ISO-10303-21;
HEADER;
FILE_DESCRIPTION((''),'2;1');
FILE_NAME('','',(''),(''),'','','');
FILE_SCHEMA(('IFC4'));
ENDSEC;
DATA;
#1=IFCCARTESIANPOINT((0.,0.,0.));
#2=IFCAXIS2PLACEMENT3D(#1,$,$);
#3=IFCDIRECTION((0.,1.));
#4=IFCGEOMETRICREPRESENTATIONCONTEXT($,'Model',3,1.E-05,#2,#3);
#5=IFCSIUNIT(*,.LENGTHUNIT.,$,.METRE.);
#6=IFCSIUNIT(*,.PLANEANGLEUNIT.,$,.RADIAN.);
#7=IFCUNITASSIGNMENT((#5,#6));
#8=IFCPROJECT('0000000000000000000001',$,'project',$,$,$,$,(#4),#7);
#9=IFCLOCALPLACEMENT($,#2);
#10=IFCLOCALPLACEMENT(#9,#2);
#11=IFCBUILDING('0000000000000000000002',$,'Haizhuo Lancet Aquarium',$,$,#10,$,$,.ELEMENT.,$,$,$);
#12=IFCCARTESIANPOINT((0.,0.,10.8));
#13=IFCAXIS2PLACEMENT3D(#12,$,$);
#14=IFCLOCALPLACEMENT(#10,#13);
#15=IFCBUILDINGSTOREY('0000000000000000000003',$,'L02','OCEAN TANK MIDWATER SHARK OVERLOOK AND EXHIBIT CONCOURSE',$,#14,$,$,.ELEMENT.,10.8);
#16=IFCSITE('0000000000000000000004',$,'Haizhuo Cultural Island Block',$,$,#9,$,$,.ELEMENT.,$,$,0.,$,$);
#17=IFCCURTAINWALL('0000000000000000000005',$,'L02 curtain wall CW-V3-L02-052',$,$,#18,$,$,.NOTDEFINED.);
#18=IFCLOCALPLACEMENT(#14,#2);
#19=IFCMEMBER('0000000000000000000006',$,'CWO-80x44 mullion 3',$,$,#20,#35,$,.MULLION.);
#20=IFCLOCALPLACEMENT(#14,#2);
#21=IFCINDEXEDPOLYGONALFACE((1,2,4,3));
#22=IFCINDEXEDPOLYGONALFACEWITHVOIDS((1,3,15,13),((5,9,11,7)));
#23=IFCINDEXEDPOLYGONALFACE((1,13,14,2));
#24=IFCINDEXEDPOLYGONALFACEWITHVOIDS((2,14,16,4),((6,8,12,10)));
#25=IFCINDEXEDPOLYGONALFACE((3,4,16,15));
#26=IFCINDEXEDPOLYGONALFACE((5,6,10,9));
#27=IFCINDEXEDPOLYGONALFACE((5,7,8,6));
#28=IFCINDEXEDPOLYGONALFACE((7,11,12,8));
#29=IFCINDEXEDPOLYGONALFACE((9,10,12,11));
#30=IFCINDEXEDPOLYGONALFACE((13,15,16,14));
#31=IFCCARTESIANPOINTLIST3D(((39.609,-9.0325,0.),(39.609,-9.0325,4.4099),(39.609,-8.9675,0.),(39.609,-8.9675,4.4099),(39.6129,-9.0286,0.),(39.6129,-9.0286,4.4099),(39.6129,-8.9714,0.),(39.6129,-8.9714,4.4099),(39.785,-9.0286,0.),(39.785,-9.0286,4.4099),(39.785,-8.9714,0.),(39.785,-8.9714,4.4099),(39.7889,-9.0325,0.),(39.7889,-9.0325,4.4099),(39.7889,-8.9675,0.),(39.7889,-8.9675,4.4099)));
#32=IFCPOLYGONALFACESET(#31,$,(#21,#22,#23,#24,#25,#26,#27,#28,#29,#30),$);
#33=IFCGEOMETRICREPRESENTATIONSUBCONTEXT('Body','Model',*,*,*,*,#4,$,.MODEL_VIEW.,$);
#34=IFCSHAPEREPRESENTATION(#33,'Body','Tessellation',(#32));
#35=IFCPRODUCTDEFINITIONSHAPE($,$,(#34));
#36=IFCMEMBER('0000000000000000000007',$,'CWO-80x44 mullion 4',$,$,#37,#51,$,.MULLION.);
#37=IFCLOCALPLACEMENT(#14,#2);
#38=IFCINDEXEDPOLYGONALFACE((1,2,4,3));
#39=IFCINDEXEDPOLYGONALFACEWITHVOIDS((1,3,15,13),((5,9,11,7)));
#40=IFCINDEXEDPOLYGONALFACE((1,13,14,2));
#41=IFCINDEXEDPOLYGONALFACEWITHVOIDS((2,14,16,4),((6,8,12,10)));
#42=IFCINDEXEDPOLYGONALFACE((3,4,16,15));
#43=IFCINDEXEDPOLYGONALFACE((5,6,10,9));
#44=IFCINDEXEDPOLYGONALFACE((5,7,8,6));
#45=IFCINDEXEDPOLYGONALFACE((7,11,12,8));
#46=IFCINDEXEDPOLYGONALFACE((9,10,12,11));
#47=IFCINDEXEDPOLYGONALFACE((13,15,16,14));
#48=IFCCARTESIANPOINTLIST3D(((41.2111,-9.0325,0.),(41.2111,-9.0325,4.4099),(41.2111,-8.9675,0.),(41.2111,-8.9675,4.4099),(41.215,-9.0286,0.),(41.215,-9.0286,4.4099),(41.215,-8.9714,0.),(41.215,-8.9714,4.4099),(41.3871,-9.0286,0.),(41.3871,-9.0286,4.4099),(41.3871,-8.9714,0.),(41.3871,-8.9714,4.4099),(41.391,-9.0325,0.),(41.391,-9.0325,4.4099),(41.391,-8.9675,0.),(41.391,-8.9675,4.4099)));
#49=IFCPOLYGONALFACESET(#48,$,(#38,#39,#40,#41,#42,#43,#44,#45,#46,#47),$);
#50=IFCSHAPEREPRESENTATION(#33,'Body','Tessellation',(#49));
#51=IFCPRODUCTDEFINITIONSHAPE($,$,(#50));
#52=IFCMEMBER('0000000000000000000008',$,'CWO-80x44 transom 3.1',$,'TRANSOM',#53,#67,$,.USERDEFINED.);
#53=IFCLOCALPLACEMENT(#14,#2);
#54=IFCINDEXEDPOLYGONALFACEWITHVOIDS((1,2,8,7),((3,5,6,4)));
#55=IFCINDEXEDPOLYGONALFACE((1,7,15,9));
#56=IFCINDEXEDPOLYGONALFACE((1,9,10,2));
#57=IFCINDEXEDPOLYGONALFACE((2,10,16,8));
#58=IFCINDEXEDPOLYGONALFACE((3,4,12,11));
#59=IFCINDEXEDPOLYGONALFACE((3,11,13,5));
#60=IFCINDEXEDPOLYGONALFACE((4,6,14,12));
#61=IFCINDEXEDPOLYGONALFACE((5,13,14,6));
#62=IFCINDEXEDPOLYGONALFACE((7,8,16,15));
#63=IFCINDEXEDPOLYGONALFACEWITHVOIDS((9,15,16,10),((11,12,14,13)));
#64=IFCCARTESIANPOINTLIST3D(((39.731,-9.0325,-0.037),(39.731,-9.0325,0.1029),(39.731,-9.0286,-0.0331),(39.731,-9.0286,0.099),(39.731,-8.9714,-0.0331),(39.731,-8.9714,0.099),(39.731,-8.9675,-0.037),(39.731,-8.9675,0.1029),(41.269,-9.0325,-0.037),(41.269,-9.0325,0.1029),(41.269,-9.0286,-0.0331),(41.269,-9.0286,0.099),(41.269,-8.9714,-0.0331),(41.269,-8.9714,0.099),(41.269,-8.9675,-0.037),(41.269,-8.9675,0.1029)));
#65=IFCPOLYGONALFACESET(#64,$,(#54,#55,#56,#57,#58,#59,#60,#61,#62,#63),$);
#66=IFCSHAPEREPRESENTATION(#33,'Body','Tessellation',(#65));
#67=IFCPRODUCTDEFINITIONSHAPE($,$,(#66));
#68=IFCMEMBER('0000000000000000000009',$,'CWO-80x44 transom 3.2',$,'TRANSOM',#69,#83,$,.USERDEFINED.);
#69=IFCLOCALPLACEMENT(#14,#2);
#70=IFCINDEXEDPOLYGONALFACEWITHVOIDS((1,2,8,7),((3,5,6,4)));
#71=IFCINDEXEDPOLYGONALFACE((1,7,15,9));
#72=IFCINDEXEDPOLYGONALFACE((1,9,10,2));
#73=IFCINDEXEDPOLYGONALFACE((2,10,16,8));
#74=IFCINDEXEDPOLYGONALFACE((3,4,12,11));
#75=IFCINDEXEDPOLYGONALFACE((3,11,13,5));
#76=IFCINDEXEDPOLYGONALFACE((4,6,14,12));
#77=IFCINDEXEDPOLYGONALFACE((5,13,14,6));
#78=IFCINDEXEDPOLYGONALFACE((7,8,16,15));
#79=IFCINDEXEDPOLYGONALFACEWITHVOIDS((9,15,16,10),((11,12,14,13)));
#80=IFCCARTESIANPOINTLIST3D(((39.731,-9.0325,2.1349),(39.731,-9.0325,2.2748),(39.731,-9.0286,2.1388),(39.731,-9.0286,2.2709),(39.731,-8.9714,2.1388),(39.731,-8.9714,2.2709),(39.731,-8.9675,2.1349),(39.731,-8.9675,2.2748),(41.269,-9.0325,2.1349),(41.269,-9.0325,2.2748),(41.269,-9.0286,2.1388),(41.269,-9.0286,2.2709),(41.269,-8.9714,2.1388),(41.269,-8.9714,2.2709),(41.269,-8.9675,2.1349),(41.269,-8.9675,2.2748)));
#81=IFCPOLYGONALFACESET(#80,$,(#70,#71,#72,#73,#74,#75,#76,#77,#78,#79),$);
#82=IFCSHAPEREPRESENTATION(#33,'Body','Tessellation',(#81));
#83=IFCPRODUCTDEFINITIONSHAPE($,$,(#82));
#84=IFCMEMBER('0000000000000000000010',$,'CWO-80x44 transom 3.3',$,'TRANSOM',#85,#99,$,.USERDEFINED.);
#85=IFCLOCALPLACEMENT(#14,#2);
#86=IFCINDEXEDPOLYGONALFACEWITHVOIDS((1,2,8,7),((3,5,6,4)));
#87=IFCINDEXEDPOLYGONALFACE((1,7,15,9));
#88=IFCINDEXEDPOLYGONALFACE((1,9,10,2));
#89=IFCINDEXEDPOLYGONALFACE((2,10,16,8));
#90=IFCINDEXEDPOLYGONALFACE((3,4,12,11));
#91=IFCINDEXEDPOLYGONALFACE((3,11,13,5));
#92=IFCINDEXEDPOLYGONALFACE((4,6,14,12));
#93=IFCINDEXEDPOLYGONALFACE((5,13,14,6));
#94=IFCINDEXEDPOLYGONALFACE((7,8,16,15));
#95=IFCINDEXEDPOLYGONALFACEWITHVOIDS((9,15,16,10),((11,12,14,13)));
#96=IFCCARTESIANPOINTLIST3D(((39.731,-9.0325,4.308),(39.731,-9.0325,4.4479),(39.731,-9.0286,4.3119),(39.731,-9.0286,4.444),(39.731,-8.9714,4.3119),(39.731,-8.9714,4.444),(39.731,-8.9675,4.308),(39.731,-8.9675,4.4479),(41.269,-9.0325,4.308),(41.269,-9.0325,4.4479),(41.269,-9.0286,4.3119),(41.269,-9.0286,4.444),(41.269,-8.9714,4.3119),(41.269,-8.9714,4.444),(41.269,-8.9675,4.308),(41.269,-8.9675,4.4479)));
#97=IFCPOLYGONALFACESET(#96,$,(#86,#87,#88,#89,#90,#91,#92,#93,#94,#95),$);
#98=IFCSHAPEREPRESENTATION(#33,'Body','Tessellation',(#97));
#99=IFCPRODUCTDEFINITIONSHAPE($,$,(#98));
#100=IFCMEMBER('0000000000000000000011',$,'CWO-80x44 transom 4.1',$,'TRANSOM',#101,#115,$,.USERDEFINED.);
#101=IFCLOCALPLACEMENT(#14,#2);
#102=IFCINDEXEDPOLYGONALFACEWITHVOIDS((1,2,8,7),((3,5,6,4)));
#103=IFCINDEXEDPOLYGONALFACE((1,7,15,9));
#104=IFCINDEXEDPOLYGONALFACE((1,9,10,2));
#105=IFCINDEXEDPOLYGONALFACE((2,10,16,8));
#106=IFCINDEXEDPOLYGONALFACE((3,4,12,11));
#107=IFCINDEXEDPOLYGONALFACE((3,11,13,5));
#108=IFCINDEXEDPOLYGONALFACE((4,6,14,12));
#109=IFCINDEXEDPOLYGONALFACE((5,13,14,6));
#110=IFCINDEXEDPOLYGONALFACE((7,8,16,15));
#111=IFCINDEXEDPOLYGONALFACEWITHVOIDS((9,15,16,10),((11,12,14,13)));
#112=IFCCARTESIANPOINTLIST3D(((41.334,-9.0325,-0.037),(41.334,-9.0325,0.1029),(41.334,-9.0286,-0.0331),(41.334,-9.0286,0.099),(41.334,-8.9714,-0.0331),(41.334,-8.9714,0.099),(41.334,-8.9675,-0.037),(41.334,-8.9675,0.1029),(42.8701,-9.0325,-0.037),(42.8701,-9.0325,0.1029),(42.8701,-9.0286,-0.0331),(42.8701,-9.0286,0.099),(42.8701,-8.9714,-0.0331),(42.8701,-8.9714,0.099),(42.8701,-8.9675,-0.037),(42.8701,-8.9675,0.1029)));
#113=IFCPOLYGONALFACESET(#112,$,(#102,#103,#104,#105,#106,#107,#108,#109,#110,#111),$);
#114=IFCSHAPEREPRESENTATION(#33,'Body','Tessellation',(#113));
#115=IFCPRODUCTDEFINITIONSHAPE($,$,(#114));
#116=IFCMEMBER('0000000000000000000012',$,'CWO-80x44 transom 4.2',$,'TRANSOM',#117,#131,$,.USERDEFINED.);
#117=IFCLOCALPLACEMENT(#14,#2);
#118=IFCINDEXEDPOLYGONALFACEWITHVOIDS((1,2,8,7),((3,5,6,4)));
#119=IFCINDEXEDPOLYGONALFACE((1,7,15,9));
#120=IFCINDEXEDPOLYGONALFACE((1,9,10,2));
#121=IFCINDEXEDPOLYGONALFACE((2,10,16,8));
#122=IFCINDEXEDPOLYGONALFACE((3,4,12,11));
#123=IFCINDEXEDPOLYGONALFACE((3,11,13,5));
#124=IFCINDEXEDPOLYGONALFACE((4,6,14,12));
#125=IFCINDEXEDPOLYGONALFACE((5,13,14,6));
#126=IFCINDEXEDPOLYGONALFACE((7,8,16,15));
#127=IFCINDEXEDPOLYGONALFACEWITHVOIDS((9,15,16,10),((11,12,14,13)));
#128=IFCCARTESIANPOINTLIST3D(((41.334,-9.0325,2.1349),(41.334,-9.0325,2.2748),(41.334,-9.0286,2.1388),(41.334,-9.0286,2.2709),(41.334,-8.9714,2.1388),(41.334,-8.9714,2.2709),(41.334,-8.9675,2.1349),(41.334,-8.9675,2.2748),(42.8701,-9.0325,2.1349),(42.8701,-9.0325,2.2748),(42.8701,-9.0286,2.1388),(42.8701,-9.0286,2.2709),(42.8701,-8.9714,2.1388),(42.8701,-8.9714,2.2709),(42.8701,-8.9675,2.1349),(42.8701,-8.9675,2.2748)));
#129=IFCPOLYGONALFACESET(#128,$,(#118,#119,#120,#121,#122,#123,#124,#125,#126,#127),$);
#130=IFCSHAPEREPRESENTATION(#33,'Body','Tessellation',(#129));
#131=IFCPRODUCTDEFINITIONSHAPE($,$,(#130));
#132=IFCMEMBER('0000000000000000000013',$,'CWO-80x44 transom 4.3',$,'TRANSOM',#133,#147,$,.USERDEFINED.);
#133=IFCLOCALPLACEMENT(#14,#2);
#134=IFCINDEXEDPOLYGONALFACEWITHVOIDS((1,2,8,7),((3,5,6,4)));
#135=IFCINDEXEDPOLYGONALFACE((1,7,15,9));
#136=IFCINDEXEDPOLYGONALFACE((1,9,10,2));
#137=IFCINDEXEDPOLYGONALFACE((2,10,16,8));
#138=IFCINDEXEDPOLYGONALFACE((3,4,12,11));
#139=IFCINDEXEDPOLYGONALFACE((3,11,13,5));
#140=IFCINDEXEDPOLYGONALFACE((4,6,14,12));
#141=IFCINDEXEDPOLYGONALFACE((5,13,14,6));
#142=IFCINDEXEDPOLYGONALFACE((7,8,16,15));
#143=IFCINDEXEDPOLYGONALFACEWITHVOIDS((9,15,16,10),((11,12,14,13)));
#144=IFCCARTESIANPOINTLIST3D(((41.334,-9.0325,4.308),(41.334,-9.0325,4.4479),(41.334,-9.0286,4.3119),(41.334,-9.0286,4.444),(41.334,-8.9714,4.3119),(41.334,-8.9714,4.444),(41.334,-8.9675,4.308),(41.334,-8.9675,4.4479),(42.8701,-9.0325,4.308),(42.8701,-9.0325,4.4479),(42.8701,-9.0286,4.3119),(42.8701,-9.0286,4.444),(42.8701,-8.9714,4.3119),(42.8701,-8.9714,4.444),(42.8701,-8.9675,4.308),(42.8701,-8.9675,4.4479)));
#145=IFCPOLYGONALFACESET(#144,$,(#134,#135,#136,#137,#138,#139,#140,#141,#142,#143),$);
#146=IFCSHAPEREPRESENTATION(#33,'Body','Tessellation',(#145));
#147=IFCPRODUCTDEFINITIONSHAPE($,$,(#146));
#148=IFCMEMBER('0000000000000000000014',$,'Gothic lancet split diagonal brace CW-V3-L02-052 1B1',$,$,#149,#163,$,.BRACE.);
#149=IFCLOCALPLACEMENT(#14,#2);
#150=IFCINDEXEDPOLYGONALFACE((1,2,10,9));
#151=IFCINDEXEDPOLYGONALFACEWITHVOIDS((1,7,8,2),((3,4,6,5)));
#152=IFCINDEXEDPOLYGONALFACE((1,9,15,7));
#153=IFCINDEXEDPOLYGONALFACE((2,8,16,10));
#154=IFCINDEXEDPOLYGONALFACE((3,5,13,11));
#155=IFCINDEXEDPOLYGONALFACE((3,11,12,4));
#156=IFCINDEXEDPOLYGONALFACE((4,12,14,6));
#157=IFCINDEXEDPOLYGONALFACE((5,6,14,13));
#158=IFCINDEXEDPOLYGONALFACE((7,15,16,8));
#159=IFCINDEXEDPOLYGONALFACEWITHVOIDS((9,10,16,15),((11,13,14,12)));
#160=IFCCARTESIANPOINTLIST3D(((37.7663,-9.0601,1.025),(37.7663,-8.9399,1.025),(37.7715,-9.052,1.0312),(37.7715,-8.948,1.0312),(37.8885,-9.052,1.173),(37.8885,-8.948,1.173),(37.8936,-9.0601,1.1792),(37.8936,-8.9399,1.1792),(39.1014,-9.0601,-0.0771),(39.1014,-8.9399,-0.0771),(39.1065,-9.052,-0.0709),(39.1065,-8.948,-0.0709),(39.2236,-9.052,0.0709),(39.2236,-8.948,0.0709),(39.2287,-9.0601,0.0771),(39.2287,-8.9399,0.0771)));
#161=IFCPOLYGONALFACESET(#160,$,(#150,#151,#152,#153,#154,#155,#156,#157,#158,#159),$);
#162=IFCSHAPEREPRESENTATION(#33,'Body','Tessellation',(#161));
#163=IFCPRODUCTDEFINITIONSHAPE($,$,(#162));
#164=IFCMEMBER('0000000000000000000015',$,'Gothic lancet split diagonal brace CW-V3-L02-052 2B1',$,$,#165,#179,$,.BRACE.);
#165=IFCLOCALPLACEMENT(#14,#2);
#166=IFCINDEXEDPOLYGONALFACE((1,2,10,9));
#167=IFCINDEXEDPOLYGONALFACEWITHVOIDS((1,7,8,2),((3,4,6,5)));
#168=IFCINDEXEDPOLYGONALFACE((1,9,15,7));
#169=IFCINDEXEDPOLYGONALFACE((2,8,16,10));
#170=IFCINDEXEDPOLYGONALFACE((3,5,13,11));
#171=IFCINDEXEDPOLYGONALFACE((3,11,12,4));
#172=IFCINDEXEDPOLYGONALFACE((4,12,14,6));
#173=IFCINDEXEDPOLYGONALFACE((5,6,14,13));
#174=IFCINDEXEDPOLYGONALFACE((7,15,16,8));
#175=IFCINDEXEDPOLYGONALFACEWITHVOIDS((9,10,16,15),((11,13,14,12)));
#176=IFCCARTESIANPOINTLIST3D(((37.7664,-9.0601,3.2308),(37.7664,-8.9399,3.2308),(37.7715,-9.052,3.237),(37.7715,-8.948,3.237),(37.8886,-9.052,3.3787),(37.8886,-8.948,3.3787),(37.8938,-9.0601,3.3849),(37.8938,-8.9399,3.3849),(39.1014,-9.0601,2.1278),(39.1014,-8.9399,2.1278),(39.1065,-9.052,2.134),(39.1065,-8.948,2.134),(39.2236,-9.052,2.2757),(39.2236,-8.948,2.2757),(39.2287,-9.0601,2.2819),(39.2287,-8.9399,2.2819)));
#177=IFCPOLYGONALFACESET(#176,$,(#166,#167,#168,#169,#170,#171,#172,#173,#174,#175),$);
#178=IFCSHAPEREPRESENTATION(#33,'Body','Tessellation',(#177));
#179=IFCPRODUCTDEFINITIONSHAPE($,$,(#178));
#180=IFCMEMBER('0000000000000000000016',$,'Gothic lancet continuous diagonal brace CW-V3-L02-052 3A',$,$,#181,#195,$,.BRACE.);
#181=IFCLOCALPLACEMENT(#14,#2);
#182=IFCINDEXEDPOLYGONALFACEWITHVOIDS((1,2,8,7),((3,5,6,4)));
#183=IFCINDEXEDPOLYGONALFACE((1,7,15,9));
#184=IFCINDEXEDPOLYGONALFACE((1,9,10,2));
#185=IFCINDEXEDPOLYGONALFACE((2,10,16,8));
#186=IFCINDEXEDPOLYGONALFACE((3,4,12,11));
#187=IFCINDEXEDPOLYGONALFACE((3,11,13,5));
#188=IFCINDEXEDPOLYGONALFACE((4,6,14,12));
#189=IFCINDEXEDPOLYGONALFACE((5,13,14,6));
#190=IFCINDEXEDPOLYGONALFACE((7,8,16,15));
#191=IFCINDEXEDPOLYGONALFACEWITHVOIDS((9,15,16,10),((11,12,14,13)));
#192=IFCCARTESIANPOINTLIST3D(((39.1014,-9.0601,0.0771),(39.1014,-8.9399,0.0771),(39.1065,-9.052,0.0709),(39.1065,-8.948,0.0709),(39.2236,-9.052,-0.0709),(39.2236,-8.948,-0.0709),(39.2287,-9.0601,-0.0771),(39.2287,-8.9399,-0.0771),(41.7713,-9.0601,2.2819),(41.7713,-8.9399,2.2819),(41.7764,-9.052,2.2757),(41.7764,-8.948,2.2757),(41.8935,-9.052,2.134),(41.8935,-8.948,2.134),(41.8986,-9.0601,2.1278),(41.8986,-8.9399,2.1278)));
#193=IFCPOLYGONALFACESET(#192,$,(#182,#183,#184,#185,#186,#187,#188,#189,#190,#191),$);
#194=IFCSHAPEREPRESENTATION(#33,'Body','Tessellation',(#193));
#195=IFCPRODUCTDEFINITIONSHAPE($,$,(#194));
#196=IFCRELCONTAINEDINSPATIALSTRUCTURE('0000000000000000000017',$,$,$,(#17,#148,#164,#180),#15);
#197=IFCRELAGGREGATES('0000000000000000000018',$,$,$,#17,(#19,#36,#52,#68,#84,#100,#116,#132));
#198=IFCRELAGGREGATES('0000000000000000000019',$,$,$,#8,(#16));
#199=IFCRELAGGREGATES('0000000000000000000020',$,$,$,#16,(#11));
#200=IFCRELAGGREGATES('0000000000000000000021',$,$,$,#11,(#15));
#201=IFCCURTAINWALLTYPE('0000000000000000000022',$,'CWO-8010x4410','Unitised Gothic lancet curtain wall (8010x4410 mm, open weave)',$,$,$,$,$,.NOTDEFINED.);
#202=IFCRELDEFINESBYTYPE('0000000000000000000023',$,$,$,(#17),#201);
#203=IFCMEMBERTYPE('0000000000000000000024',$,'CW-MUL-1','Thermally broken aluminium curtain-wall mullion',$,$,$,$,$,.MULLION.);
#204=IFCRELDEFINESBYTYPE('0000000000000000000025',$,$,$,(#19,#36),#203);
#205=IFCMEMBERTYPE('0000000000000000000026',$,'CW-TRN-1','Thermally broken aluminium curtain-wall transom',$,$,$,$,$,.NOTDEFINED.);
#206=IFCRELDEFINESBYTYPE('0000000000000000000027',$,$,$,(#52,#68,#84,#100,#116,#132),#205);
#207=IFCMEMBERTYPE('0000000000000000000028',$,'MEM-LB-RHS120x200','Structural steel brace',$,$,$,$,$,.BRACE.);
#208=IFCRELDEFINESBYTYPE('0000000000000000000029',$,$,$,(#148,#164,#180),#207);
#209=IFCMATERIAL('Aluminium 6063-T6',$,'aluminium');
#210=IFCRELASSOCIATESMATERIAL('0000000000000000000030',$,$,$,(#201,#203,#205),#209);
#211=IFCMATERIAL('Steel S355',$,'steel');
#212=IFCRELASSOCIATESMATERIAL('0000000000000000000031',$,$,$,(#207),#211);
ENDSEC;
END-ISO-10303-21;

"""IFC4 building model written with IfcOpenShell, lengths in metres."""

from ifc_helpers import new_model, si_unit, direction, frame, origin, origin_2d, place, context, subcontext, project, spatial, hollow_rectangle, extrude, material, material_profile, profile_set, type_object, element, aggregate, save


model = new_model("IFC4")

# Units and contexts
model_context = context("Model", 3, precision=1e-05, world=origin(), true_north=direction((0.0, 1.0)))
body_context = subcontext(model_context, "Body", "Model", "MODEL_VIEW")
ifc_project = project(units=[si_unit("LENGTHUNIT", "METRE"), si_unit("PLANEANGLEUNIT", "RADIAN")], contexts=[model_context])

# Site, building, storey
site_placement = place(None, origin())
site = spatial("IfcSite", under=ifc_project, at=site_placement, Name="Haizhuo Cultural Island Block", CompositionType="ELEMENT", RefElevation=0.0)
building_placement = place(site_placement, origin())
building = spatial("IfcBuilding", under=site, at=building_placement, Name="Haizhuo Lancet Aquarium", CompositionType="ELEMENT")
storey_placement = place(building_placement, frame((0.0, 0.0, 10.8)))
storey = spatial("IfcBuildingStorey", under=building, at=storey_placement, Name="L02", Description="OCEAN TANK MIDWATER SHARK OVERLOOK AND EXHIBIT CONCOURSE", CompositionType="ELEMENT", Elevation=10.8)

# Curtain wall, members
ifc_material_1 = material(Name="Aluminium 6063-T6", Category="aluminium")
curtain_wall_type = type_object("IfcCurtainWallType", Name="CWO-8010x4410", Description="Unitised Gothic lancet curtain wall (8010x4410 mm, open weave)", PredefinedType="NOTDEFINED", material=ifc_material_1)
curtain_wall_placement = place(storey_placement, origin())
curtain_wall = element("IfcCurtainWall", 1, at=curtain_wall_placement, inside=storey, type_object=curtain_wall_type, Name="L02 curtain wall CW-V3-L02-052", PredefinedType="NOTDEFINED")
ifc_material_profile_1 = material_profile(ifc_material_1, hollow_rectangle(XDim=0.0649, YDim=0.1799, WallThickness=0.0039, at=origin_2d()), Name="ALU-M 65x180x4")
ifc_profile_set_1 = profile_set([ifc_material_profile_1], Name="Aluminium 6063-T6")
member_type_1 = type_object("IfcMemberType", Name="CW-MUL-1", Description="Thermally broken aluminium curtain-wall mullion", PredefinedType="MULLION", material=ifc_profile_set_1)
member_1_placement = place(storey_placement, frame((39.699, -9.0, 0.0), z_axis=(0.0, 0.0, 1.0), x_axis=(0.0, 1.0, 0.0)))
member_1 = element("IfcMember", 2, at=member_1_placement, type_object=member_type_1, Name="CWO-80x44 mullion 3", PredefinedType="MULLION", context=body_context, shape_type="SweptSolid", body=[
    extrude(hollow_rectangle(XDim=0.0649, YDim=0.1799, WallThickness=0.0039, at=origin_2d()), origin(), (0.0, 0.0, 1.0), 4.4099),
])
member_2_placement = place(storey_placement, frame((41.301, -9.0, 0.0), z_axis=(0.0, 0.0, 1.0), x_axis=(0.0, 1.0, 0.0)))
member_2 = element("IfcMember", 3, at=member_2_placement, type_object=member_type_1, Name="CWO-80x44 mullion 4", PredefinedType="MULLION", context=body_context, shape_type="SweptSolid", body=[
    extrude(hollow_rectangle(XDim=0.0649, YDim=0.1799, WallThickness=0.0039, at=origin_2d()), origin(), (0.0, 0.0, 1.0), 4.4099),
])
ifc_material_profile_2 = material_profile(ifc_material_1, hollow_rectangle(XDim=0.0649, YDim=0.1399, WallThickness=0.0039, at=origin_2d()), Name="ALU-T 65x140x4")
ifc_profile_set_2 = profile_set([ifc_material_profile_2], Name="Aluminium 6063-T6")
member_type_2 = type_object("IfcMemberType", Name="CW-TRN-1", Description="Thermally broken aluminium curtain-wall transom", PredefinedType="NOTDEFINED", material=ifc_profile_set_2)
member_3_placement = place(storey_placement, frame((39.731, -9.0, 0.033), z_axis=(1.0, 0.0, 0.0), x_axis=(0.0, 1.0, 0.0)))
member_3 = element("IfcMember", 4, at=member_3_placement, type_object=member_type_2, Name="CWO-80x44 transom 3.1", ObjectType="TRANSOM", PredefinedType="USERDEFINED", context=body_context, shape_type="SweptSolid", body=[
    extrude(hollow_rectangle(XDim=0.0649, YDim=0.1399, WallThickness=0.0039, at=origin_2d()), origin(), (0.0, 0.0, 1.0), 1.5381),
])
member_4_placement = place(storey_placement, frame((39.731, -9.0, 2.2048), z_axis=(1.0, 0.0, 0.0), x_axis=(0.0, 1.0, 0.0)))
member_4 = element("IfcMember", 5, at=member_4_placement, type_object=member_type_2, Name="CWO-80x44 transom 3.2", ObjectType="TRANSOM", PredefinedType="USERDEFINED", context=body_context, shape_type="SweptSolid", body=[
    extrude(hollow_rectangle(XDim=0.0649, YDim=0.1399, WallThickness=0.0039, at=origin_2d()), origin(), (0.0, 0.0, 1.0), 1.5381),
])
member_5_placement = place(storey_placement, frame((39.731, -9.0, 4.3779), z_axis=(1.0, 0.0, 0.0), x_axis=(0.0, 1.0, 0.0)))
member_5 = element("IfcMember", 6, at=member_5_placement, type_object=member_type_2, Name="CWO-80x44 transom 3.3", ObjectType="TRANSOM", PredefinedType="USERDEFINED", context=body_context, shape_type="SweptSolid", body=[
    extrude(hollow_rectangle(XDim=0.0649, YDim=0.1399, WallThickness=0.0039, at=origin_2d()), origin(), (0.0, 0.0, 1.0), 1.5381),
])
member_6_placement = place(storey_placement, frame((41.334, -9.0, 0.033), z_axis=(1.0, 0.0, 0.0), x_axis=(0.0, 1.0, 0.0)))
member_6 = element("IfcMember", 7, at=member_6_placement, type_object=member_type_2, Name="CWO-80x44 transom 4.1", ObjectType="TRANSOM", PredefinedType="USERDEFINED", context=body_context, shape_type="SweptSolid", body=[
    extrude(hollow_rectangle(XDim=0.0649, YDim=0.1399, WallThickness=0.0039, at=origin_2d()), origin(), (0.0, 0.0, 1.0), 1.5361),
])
member_7_placement = place(storey_placement, frame((41.334, -9.0, 2.2048), z_axis=(1.0, 0.0, 0.0), x_axis=(0.0, 1.0, 0.0)))
member_7 = element("IfcMember", 8, at=member_7_placement, type_object=member_type_2, Name="CWO-80x44 transom 4.2", ObjectType="TRANSOM", PredefinedType="USERDEFINED", context=body_context, shape_type="SweptSolid", body=[
    extrude(hollow_rectangle(XDim=0.0649, YDim=0.1399, WallThickness=0.0039, at=origin_2d()), origin(), (0.0, 0.0, 1.0), 1.5361),
])
member_8_placement = place(storey_placement, frame((41.334, -9.0, 4.3779), z_axis=(1.0, 0.0, 0.0), x_axis=(0.0, 1.0, 0.0)))
member_8 = element("IfcMember", 9, at=member_8_placement, type_object=member_type_2, Name="CWO-80x44 transom 4.3", ObjectType="TRANSOM", PredefinedType="USERDEFINED", context=body_context, shape_type="SweptSolid", body=[
    extrude(hollow_rectangle(XDim=0.0649, YDim=0.1399, WallThickness=0.0039, at=origin_2d()), origin(), (0.0, 0.0, 1.0), 1.5361),
])

# Members
ifc_material_2 = material(Name="Steel S355", Category="steel")
ifc_material_profile_3 = material_profile(ifc_material_2, hollow_rectangle(XDim=0.1201, YDim=0.2, WallThickness=0.0081, at=origin_2d()), Name="RHS 120x200x8")
ifc_profile_set_3 = profile_set([ifc_material_profile_3], Name="Steel S355")
member_type_3 = type_object("IfcMemberType", Name="MEM-LB-RHS120x200", Description="Structural steel brace", PredefinedType="BRACE", material=ifc_profile_set_3)
member_9_placement = place(storey_placement, frame((39.165, -9.0, 0.0), z_axis=(-0.771172, 0.0, 0.636626), x_axis=(0.0, -1.0, 0.0)))
element("IfcMember", 10, at=member_9_placement, inside=storey, type_object=member_type_3, Name="Gothic lancet split diagonal brace CW-V3-L02-052 1B1", PredefinedType="BRACE", context=body_context, shape_type="SweptSolid", body=[
    extrude(hollow_rectangle(XDim=0.1201, YDim=0.2, WallThickness=0.0081, at=origin_2d()), origin(), (0.0, 0.0, 1.0), 1.7312),
])
member_10_placement = place(storey_placement, frame((39.165, -9.0, 2.2048), z_axis=(-0.770896, 0.0, 0.636962), x_axis=(0.0, -1.0, 0.0)))
element("IfcMember", 11, at=member_10_placement, inside=storey, type_object=member_type_3, Name="Gothic lancet split diagonal brace CW-V3-L02-052 2B1", PredefinedType="BRACE", context=body_context, shape_type="SweptSolid", body=[
    extrude(hollow_rectangle(XDim=0.1201, YDim=0.2, WallThickness=0.0081, at=origin_2d()), origin(), (0.0, 0.0, 1.0), 1.7317),
])
member_11_placement = place(storey_placement, frame((39.165, -9.0, 0.0), z_axis=(0.771069, 0.0, 0.636752), x_axis=(0.0, 1.0, 0.0)))
element("IfcMember", 12, at=member_11_placement, inside=storey, type_object=member_type_3, Name="Gothic lancet continuous diagonal brace CW-V3-L02-052 3A", PredefinedType="BRACE", context=body_context, shape_type="SweptSolid", body=[
    extrude(hollow_rectangle(XDim=0.1201, YDim=0.2, WallThickness=0.0081, at=origin_2d()), origin(), (0.0, 0.0, 1.0), 3.4626),
])

aggregate(curtain_wall, [member_1, member_2, member_3, member_4, member_5, member_6, member_7, member_8])

save(model, "model.ifc")
